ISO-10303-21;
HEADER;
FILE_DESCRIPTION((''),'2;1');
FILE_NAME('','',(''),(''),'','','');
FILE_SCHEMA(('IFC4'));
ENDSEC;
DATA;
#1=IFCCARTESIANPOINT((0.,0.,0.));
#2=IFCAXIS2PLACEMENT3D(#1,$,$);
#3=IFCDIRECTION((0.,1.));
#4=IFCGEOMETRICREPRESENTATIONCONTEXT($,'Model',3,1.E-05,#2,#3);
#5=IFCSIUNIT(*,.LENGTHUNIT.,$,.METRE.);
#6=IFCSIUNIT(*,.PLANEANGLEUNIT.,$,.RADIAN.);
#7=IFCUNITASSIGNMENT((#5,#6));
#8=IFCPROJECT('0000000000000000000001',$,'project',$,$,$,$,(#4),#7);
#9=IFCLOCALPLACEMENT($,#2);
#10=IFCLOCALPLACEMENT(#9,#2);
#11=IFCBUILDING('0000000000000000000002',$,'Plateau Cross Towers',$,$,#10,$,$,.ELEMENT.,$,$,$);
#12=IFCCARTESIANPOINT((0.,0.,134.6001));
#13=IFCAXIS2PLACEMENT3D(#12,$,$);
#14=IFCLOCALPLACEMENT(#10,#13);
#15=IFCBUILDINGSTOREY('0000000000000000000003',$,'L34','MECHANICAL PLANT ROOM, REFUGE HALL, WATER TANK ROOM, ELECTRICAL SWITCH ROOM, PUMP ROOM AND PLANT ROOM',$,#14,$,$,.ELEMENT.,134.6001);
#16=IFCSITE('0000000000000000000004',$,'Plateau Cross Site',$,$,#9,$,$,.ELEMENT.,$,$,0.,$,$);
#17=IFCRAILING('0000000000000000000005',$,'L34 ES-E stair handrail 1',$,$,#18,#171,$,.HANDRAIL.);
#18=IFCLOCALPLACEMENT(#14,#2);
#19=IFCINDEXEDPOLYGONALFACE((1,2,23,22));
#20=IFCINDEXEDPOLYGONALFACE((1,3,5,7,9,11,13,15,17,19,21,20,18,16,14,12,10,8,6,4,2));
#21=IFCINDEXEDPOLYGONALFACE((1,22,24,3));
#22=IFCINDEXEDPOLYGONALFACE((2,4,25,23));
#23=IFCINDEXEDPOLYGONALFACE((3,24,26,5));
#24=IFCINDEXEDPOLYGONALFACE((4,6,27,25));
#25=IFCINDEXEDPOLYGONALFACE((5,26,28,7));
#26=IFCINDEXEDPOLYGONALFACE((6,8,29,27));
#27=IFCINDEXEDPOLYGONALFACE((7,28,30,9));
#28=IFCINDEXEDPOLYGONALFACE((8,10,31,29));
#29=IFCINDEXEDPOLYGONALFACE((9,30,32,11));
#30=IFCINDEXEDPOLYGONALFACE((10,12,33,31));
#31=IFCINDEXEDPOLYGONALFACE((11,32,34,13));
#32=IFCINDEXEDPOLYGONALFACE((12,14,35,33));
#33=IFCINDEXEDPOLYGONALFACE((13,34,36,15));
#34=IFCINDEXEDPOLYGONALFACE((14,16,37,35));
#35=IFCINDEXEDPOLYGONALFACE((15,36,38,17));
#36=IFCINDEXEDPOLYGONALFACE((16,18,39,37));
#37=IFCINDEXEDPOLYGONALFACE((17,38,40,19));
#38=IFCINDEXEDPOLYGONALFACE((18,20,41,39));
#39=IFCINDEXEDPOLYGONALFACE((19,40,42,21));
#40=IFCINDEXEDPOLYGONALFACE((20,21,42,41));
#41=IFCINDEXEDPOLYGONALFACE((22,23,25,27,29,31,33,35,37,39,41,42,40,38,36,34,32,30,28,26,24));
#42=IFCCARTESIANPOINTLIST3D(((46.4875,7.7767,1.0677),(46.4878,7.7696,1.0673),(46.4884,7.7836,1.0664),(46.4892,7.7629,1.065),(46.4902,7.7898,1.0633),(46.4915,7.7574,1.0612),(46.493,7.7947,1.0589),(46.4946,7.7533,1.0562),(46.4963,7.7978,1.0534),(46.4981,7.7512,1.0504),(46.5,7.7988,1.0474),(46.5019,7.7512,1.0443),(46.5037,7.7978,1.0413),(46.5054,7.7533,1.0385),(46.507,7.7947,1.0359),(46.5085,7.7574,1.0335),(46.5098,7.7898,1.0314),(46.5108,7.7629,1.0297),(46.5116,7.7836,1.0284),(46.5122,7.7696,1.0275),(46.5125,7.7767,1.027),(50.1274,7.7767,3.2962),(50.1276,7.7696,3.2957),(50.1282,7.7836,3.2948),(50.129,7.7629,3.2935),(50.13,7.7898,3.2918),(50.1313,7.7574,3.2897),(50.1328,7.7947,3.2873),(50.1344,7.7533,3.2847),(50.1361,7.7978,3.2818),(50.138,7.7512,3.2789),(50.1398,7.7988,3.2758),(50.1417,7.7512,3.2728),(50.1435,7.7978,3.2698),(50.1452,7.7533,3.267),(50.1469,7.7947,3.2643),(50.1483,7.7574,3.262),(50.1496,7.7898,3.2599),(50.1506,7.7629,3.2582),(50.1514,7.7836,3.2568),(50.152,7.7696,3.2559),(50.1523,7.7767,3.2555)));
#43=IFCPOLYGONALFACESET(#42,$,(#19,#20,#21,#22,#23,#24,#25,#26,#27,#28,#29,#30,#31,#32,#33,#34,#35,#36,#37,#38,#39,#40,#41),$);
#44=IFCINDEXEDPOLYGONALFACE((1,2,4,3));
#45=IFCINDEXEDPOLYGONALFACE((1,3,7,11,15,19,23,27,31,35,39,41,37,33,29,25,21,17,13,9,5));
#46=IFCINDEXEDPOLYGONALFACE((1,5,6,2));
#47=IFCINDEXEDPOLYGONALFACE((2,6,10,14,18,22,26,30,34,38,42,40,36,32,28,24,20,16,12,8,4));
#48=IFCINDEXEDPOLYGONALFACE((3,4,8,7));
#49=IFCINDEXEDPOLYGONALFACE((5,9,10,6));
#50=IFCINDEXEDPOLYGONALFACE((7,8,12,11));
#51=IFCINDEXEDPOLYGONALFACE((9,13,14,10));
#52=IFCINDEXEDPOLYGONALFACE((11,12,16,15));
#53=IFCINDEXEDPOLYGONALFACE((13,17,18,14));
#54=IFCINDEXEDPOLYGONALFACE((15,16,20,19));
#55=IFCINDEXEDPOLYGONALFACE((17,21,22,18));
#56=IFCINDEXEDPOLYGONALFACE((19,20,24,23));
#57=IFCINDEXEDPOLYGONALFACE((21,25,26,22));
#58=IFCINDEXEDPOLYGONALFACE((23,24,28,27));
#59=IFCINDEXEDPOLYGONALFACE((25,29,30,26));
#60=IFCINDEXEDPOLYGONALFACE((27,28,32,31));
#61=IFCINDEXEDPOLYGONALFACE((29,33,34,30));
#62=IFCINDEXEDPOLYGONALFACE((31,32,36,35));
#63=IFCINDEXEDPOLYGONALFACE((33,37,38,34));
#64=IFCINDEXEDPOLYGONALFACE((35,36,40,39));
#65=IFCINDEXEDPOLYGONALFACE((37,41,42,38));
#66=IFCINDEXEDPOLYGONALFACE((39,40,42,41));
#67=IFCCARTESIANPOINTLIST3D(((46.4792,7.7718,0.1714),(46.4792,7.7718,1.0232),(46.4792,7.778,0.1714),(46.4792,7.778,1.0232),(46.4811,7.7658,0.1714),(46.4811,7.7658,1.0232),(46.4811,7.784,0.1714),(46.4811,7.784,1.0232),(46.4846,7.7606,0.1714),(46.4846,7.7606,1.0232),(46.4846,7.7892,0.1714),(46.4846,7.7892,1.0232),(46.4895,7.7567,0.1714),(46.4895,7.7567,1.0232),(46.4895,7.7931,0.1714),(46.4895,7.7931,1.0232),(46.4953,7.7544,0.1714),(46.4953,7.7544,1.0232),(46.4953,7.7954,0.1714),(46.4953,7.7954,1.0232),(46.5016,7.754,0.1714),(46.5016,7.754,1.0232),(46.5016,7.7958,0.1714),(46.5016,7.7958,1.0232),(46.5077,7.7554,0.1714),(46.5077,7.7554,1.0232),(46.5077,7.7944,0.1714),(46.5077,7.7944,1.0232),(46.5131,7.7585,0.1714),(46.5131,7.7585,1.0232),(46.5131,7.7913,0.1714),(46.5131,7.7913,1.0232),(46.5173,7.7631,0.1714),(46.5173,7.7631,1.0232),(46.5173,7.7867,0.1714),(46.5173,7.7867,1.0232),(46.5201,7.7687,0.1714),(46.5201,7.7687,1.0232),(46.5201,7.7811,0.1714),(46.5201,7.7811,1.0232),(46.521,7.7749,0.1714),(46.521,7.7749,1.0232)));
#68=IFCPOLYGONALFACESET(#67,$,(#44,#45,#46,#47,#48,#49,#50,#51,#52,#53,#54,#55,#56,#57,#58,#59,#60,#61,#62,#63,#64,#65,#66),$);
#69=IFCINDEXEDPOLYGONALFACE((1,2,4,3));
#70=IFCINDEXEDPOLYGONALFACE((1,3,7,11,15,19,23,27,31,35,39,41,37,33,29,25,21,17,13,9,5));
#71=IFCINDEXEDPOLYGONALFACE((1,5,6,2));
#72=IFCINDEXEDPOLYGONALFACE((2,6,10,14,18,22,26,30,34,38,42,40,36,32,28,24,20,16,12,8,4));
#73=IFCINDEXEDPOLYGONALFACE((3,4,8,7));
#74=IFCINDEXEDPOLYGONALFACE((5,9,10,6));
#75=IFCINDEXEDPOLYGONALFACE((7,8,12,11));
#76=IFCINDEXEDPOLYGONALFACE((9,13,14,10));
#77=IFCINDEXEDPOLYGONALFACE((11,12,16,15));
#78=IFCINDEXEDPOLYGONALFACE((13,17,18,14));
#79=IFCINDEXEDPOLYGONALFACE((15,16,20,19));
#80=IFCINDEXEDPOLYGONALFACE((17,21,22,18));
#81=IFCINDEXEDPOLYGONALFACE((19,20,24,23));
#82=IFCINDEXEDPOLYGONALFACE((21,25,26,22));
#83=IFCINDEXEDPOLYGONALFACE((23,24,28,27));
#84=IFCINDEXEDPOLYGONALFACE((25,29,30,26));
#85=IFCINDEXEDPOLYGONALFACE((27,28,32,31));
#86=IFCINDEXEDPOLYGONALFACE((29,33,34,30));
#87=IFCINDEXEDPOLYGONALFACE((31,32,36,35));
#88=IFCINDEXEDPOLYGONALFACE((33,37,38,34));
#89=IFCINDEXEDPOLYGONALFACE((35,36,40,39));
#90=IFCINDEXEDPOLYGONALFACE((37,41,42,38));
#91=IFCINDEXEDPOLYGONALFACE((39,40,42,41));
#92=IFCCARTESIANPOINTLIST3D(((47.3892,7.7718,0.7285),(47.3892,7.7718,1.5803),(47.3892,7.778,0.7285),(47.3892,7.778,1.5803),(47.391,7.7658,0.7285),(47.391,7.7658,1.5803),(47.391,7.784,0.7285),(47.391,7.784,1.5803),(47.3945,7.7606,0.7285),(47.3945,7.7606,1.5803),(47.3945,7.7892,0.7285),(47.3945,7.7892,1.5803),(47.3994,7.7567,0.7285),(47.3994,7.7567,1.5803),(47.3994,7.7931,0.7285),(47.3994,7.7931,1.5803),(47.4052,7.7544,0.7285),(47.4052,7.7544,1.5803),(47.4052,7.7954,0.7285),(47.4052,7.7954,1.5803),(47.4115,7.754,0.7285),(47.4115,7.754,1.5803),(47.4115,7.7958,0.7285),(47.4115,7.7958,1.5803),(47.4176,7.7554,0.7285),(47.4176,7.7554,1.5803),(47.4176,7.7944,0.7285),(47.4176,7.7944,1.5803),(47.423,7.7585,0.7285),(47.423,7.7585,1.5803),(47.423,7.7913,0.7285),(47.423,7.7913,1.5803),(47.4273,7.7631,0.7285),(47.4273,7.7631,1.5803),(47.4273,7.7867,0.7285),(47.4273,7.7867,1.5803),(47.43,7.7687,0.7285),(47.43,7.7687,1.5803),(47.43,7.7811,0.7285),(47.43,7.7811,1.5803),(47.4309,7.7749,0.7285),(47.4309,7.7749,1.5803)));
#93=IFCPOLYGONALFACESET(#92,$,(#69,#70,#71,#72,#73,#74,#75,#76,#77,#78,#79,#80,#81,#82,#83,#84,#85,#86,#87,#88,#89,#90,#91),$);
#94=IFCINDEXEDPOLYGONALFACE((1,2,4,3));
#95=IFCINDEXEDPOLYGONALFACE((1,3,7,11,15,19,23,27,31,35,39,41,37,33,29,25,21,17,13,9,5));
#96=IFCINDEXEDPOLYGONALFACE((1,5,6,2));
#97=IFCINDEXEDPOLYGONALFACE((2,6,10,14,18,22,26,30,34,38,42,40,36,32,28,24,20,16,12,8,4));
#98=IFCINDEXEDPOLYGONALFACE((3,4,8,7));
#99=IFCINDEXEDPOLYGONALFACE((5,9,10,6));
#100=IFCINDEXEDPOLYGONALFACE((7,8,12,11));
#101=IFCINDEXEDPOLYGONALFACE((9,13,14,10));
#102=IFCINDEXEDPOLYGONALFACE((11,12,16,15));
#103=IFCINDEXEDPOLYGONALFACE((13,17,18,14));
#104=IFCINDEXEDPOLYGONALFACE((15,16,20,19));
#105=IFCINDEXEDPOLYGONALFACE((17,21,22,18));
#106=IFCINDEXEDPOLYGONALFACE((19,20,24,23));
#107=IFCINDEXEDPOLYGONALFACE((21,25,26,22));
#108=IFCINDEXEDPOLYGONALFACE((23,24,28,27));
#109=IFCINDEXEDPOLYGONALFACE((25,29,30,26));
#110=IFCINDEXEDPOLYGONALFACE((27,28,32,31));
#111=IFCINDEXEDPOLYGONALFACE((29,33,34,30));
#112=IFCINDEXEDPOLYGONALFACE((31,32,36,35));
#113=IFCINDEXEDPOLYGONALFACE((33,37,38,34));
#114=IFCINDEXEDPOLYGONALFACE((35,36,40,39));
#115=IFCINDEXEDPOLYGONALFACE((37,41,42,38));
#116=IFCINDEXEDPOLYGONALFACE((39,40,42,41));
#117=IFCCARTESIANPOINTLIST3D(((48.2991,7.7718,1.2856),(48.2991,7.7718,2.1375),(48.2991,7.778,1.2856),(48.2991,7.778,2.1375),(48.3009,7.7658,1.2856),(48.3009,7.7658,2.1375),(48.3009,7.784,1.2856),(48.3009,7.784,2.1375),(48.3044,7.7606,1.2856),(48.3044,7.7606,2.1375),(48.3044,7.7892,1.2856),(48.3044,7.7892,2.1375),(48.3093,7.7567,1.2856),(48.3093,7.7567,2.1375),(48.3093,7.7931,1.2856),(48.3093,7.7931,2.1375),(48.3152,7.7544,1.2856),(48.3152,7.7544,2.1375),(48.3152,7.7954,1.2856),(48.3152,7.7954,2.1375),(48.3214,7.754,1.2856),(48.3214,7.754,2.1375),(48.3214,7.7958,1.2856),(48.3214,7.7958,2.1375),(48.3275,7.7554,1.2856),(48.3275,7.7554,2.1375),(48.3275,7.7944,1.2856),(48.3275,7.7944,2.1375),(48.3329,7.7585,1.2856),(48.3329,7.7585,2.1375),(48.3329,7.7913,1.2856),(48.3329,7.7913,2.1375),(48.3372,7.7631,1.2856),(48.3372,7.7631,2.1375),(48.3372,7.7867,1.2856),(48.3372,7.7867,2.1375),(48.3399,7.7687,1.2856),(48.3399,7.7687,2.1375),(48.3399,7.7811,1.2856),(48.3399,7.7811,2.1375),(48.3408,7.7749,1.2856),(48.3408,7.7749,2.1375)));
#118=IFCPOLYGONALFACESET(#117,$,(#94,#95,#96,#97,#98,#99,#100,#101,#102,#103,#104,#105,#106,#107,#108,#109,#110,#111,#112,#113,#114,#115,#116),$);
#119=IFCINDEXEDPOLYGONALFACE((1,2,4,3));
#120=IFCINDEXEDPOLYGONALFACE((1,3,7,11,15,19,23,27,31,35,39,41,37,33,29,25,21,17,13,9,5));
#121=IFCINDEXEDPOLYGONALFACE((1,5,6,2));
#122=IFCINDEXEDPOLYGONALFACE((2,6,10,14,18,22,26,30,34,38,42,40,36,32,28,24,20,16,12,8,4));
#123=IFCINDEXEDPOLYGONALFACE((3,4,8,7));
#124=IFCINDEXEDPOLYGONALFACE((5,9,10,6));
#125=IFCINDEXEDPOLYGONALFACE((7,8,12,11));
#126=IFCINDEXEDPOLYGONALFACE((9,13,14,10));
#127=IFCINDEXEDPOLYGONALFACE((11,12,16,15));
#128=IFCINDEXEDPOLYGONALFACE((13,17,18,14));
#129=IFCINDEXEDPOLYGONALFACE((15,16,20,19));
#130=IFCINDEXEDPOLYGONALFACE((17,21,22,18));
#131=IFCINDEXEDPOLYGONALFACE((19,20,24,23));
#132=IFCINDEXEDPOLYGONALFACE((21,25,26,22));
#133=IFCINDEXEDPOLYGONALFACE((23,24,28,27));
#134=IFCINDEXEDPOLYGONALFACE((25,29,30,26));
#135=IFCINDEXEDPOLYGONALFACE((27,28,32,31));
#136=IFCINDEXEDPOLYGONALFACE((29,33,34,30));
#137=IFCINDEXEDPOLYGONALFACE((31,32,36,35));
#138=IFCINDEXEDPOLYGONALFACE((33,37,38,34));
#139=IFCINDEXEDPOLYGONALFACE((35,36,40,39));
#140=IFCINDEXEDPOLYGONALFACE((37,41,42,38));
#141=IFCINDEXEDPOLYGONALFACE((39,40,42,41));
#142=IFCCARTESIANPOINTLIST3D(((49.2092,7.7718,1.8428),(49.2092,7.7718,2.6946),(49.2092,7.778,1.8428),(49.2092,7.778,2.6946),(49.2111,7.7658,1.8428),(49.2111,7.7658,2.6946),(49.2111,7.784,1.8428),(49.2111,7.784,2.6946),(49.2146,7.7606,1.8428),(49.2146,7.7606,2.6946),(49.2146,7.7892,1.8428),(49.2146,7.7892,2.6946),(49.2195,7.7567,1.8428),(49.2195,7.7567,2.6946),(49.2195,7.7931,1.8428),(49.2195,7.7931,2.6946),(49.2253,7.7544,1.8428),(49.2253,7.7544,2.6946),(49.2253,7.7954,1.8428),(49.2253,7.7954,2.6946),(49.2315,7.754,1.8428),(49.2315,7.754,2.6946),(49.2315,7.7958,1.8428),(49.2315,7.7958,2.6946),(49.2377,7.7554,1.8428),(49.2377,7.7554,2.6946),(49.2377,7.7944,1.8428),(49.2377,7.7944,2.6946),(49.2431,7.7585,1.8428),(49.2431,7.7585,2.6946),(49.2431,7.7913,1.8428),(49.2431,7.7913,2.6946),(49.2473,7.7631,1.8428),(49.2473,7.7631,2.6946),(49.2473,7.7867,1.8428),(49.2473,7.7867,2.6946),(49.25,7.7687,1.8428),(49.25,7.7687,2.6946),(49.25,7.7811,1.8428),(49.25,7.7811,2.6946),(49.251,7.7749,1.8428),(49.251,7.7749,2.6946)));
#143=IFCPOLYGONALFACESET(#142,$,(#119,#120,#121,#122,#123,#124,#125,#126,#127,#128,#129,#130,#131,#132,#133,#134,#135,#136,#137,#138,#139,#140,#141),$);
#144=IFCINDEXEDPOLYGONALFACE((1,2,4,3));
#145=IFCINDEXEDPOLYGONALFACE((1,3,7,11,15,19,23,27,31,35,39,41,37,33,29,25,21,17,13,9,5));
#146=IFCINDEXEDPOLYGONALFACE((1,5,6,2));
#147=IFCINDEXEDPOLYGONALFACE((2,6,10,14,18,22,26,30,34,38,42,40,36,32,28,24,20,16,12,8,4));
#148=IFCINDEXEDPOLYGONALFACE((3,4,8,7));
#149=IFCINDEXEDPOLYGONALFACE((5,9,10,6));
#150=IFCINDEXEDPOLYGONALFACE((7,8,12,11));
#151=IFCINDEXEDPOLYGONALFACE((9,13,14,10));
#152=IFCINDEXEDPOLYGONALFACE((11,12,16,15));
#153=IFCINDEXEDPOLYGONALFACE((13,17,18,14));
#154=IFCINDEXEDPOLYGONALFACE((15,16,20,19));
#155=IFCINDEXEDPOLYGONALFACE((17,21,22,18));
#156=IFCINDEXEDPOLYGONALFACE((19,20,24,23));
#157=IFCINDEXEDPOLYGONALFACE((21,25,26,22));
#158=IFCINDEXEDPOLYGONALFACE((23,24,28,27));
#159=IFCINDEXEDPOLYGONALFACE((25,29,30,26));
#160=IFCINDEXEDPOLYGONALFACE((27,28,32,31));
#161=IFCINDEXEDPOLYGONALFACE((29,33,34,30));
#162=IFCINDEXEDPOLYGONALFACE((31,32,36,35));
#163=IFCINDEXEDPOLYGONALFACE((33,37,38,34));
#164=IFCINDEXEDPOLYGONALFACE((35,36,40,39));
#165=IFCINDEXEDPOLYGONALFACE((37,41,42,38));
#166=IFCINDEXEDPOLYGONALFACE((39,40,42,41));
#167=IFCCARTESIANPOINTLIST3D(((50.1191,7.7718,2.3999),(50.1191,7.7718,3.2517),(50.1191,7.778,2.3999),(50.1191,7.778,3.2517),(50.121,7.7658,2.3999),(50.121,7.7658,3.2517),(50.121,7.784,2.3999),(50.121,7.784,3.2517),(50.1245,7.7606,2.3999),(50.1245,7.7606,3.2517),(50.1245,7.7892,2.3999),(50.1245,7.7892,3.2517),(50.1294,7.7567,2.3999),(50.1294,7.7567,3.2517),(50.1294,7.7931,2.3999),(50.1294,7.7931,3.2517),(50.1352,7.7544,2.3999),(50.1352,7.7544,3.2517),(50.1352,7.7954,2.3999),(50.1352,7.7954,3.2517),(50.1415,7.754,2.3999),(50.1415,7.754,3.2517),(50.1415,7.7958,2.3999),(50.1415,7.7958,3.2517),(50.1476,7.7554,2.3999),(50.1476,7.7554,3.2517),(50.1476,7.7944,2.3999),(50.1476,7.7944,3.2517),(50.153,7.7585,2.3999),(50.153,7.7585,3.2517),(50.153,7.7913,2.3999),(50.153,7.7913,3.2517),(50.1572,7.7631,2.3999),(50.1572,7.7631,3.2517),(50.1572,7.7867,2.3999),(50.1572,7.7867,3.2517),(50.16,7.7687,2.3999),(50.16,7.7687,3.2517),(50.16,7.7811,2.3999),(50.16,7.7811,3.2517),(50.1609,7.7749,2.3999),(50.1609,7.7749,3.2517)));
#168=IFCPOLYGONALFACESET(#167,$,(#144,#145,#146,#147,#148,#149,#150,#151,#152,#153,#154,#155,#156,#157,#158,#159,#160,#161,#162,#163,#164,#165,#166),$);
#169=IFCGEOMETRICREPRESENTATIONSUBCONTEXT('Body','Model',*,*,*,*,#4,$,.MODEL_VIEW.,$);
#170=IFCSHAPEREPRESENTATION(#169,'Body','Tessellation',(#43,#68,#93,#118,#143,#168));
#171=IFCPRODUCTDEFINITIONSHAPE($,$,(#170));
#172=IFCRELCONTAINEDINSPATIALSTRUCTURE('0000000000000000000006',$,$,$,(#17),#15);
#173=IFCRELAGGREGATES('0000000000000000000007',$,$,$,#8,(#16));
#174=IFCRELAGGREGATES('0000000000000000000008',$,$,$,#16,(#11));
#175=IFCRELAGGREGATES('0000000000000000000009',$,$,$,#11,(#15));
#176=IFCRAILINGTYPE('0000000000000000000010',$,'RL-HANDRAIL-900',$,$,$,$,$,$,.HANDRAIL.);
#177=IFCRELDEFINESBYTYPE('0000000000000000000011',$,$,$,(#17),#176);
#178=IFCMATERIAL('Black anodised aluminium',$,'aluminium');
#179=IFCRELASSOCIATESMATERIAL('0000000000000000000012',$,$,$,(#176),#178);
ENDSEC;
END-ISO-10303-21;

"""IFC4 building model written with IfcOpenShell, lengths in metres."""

from ifc_helpers import new_model, si_unit, direction, frame, origin, origin_2d, place, context, subcontext, project, spatial, circle, extrude, material, type_object, element, save


model = new_model("IFC4")

# Units and contexts
model_context = context("Model", 3, precision=1e-05, world=origin(), true_north=direction((0.0, 1.0)))
body_context = subcontext(model_context, "Body", "Model", "MODEL_VIEW")
ifc_project = project(units=[si_unit("LENGTHUNIT", "METRE"), si_unit("PLANEANGLEUNIT", "RADIAN")], contexts=[model_context])

# Site, building, storey
site_placement = place(None, origin())
site = spatial("IfcSite", under=ifc_project, at=site_placement, Name="Plateau Cross Site", CompositionType="ELEMENT", RefElevation=0.0)
building_placement = place(site_placement, origin())
building = spatial("IfcBuilding", under=site, at=building_placement, Name="Plateau Cross Towers", CompositionType="ELEMENT")
storey_placement = place(building_placement, frame((0.0, 0.0, 134.6001)))
storey = spatial("IfcBuildingStorey", under=building, at=storey_placement, Name="L34", Description="MECHANICAL PLANT ROOM, REFUGE HALL, WATER TANK ROOM, ELECTRICAL SWITCH ROOM, PUMP ROOM AND PLANT ROOM", CompositionType="ELEMENT", Elevation=134.6001)

# Shared definitions
ifc_material_1 = material(Name="Black anodised aluminium", Category="aluminium")

# Railing
railing_type_1 = type_object("IfcRailingType", Name="RL-HANDRAIL-900", PredefinedType="HANDRAIL", material=ifc_material_1)
railing_1_placement = place(storey_placement, frame((46.5, 7.7749, 0.1714)))
element("IfcRailing", 1, at=railing_1_placement, inside=storey, type_object=railing_type_1, Name="L34 ES-E stair handrail 1", PredefinedType="HANDRAIL", context=body_context, shape_type="SweptSolid", body=[
    extrude(circle(Radius=0.0239, at=origin_2d()), frame((0.0, 0.0, 0.876), z_axis=(0.85285, 0.0, 0.522156), x_axis=(0.0, 1.0, 0.0)), (0.0, 0.0, 1.0), 4.2678),
    extrude(circle(Radius=0.021, at=origin_2d()), origin(), (0.0, 0.0, 1.0), 0.8518),
    extrude(circle(Radius=0.021, at=origin_2d()), frame((0.9099, 0.0, 0.5571)), (0.0, 0.0, 1.0), 0.8518),
    extrude(circle(Radius=0.021, at=origin_2d()), frame((1.8198, 0.0, 1.1143)), (0.0, 0.0, 1.0), 0.8518),
    extrude(circle(Radius=0.021, at=origin_2d()), frame((2.73, 0.0, 1.6714)), (0.0, 0.0, 1.0), 0.8518),
    extrude(circle(Radius=0.021, at=origin_2d()), frame((3.6399, 0.0, 2.2285)), (0.0, 0.0, 1.0), 0.8518),
])

save(model, "model.ifc")
